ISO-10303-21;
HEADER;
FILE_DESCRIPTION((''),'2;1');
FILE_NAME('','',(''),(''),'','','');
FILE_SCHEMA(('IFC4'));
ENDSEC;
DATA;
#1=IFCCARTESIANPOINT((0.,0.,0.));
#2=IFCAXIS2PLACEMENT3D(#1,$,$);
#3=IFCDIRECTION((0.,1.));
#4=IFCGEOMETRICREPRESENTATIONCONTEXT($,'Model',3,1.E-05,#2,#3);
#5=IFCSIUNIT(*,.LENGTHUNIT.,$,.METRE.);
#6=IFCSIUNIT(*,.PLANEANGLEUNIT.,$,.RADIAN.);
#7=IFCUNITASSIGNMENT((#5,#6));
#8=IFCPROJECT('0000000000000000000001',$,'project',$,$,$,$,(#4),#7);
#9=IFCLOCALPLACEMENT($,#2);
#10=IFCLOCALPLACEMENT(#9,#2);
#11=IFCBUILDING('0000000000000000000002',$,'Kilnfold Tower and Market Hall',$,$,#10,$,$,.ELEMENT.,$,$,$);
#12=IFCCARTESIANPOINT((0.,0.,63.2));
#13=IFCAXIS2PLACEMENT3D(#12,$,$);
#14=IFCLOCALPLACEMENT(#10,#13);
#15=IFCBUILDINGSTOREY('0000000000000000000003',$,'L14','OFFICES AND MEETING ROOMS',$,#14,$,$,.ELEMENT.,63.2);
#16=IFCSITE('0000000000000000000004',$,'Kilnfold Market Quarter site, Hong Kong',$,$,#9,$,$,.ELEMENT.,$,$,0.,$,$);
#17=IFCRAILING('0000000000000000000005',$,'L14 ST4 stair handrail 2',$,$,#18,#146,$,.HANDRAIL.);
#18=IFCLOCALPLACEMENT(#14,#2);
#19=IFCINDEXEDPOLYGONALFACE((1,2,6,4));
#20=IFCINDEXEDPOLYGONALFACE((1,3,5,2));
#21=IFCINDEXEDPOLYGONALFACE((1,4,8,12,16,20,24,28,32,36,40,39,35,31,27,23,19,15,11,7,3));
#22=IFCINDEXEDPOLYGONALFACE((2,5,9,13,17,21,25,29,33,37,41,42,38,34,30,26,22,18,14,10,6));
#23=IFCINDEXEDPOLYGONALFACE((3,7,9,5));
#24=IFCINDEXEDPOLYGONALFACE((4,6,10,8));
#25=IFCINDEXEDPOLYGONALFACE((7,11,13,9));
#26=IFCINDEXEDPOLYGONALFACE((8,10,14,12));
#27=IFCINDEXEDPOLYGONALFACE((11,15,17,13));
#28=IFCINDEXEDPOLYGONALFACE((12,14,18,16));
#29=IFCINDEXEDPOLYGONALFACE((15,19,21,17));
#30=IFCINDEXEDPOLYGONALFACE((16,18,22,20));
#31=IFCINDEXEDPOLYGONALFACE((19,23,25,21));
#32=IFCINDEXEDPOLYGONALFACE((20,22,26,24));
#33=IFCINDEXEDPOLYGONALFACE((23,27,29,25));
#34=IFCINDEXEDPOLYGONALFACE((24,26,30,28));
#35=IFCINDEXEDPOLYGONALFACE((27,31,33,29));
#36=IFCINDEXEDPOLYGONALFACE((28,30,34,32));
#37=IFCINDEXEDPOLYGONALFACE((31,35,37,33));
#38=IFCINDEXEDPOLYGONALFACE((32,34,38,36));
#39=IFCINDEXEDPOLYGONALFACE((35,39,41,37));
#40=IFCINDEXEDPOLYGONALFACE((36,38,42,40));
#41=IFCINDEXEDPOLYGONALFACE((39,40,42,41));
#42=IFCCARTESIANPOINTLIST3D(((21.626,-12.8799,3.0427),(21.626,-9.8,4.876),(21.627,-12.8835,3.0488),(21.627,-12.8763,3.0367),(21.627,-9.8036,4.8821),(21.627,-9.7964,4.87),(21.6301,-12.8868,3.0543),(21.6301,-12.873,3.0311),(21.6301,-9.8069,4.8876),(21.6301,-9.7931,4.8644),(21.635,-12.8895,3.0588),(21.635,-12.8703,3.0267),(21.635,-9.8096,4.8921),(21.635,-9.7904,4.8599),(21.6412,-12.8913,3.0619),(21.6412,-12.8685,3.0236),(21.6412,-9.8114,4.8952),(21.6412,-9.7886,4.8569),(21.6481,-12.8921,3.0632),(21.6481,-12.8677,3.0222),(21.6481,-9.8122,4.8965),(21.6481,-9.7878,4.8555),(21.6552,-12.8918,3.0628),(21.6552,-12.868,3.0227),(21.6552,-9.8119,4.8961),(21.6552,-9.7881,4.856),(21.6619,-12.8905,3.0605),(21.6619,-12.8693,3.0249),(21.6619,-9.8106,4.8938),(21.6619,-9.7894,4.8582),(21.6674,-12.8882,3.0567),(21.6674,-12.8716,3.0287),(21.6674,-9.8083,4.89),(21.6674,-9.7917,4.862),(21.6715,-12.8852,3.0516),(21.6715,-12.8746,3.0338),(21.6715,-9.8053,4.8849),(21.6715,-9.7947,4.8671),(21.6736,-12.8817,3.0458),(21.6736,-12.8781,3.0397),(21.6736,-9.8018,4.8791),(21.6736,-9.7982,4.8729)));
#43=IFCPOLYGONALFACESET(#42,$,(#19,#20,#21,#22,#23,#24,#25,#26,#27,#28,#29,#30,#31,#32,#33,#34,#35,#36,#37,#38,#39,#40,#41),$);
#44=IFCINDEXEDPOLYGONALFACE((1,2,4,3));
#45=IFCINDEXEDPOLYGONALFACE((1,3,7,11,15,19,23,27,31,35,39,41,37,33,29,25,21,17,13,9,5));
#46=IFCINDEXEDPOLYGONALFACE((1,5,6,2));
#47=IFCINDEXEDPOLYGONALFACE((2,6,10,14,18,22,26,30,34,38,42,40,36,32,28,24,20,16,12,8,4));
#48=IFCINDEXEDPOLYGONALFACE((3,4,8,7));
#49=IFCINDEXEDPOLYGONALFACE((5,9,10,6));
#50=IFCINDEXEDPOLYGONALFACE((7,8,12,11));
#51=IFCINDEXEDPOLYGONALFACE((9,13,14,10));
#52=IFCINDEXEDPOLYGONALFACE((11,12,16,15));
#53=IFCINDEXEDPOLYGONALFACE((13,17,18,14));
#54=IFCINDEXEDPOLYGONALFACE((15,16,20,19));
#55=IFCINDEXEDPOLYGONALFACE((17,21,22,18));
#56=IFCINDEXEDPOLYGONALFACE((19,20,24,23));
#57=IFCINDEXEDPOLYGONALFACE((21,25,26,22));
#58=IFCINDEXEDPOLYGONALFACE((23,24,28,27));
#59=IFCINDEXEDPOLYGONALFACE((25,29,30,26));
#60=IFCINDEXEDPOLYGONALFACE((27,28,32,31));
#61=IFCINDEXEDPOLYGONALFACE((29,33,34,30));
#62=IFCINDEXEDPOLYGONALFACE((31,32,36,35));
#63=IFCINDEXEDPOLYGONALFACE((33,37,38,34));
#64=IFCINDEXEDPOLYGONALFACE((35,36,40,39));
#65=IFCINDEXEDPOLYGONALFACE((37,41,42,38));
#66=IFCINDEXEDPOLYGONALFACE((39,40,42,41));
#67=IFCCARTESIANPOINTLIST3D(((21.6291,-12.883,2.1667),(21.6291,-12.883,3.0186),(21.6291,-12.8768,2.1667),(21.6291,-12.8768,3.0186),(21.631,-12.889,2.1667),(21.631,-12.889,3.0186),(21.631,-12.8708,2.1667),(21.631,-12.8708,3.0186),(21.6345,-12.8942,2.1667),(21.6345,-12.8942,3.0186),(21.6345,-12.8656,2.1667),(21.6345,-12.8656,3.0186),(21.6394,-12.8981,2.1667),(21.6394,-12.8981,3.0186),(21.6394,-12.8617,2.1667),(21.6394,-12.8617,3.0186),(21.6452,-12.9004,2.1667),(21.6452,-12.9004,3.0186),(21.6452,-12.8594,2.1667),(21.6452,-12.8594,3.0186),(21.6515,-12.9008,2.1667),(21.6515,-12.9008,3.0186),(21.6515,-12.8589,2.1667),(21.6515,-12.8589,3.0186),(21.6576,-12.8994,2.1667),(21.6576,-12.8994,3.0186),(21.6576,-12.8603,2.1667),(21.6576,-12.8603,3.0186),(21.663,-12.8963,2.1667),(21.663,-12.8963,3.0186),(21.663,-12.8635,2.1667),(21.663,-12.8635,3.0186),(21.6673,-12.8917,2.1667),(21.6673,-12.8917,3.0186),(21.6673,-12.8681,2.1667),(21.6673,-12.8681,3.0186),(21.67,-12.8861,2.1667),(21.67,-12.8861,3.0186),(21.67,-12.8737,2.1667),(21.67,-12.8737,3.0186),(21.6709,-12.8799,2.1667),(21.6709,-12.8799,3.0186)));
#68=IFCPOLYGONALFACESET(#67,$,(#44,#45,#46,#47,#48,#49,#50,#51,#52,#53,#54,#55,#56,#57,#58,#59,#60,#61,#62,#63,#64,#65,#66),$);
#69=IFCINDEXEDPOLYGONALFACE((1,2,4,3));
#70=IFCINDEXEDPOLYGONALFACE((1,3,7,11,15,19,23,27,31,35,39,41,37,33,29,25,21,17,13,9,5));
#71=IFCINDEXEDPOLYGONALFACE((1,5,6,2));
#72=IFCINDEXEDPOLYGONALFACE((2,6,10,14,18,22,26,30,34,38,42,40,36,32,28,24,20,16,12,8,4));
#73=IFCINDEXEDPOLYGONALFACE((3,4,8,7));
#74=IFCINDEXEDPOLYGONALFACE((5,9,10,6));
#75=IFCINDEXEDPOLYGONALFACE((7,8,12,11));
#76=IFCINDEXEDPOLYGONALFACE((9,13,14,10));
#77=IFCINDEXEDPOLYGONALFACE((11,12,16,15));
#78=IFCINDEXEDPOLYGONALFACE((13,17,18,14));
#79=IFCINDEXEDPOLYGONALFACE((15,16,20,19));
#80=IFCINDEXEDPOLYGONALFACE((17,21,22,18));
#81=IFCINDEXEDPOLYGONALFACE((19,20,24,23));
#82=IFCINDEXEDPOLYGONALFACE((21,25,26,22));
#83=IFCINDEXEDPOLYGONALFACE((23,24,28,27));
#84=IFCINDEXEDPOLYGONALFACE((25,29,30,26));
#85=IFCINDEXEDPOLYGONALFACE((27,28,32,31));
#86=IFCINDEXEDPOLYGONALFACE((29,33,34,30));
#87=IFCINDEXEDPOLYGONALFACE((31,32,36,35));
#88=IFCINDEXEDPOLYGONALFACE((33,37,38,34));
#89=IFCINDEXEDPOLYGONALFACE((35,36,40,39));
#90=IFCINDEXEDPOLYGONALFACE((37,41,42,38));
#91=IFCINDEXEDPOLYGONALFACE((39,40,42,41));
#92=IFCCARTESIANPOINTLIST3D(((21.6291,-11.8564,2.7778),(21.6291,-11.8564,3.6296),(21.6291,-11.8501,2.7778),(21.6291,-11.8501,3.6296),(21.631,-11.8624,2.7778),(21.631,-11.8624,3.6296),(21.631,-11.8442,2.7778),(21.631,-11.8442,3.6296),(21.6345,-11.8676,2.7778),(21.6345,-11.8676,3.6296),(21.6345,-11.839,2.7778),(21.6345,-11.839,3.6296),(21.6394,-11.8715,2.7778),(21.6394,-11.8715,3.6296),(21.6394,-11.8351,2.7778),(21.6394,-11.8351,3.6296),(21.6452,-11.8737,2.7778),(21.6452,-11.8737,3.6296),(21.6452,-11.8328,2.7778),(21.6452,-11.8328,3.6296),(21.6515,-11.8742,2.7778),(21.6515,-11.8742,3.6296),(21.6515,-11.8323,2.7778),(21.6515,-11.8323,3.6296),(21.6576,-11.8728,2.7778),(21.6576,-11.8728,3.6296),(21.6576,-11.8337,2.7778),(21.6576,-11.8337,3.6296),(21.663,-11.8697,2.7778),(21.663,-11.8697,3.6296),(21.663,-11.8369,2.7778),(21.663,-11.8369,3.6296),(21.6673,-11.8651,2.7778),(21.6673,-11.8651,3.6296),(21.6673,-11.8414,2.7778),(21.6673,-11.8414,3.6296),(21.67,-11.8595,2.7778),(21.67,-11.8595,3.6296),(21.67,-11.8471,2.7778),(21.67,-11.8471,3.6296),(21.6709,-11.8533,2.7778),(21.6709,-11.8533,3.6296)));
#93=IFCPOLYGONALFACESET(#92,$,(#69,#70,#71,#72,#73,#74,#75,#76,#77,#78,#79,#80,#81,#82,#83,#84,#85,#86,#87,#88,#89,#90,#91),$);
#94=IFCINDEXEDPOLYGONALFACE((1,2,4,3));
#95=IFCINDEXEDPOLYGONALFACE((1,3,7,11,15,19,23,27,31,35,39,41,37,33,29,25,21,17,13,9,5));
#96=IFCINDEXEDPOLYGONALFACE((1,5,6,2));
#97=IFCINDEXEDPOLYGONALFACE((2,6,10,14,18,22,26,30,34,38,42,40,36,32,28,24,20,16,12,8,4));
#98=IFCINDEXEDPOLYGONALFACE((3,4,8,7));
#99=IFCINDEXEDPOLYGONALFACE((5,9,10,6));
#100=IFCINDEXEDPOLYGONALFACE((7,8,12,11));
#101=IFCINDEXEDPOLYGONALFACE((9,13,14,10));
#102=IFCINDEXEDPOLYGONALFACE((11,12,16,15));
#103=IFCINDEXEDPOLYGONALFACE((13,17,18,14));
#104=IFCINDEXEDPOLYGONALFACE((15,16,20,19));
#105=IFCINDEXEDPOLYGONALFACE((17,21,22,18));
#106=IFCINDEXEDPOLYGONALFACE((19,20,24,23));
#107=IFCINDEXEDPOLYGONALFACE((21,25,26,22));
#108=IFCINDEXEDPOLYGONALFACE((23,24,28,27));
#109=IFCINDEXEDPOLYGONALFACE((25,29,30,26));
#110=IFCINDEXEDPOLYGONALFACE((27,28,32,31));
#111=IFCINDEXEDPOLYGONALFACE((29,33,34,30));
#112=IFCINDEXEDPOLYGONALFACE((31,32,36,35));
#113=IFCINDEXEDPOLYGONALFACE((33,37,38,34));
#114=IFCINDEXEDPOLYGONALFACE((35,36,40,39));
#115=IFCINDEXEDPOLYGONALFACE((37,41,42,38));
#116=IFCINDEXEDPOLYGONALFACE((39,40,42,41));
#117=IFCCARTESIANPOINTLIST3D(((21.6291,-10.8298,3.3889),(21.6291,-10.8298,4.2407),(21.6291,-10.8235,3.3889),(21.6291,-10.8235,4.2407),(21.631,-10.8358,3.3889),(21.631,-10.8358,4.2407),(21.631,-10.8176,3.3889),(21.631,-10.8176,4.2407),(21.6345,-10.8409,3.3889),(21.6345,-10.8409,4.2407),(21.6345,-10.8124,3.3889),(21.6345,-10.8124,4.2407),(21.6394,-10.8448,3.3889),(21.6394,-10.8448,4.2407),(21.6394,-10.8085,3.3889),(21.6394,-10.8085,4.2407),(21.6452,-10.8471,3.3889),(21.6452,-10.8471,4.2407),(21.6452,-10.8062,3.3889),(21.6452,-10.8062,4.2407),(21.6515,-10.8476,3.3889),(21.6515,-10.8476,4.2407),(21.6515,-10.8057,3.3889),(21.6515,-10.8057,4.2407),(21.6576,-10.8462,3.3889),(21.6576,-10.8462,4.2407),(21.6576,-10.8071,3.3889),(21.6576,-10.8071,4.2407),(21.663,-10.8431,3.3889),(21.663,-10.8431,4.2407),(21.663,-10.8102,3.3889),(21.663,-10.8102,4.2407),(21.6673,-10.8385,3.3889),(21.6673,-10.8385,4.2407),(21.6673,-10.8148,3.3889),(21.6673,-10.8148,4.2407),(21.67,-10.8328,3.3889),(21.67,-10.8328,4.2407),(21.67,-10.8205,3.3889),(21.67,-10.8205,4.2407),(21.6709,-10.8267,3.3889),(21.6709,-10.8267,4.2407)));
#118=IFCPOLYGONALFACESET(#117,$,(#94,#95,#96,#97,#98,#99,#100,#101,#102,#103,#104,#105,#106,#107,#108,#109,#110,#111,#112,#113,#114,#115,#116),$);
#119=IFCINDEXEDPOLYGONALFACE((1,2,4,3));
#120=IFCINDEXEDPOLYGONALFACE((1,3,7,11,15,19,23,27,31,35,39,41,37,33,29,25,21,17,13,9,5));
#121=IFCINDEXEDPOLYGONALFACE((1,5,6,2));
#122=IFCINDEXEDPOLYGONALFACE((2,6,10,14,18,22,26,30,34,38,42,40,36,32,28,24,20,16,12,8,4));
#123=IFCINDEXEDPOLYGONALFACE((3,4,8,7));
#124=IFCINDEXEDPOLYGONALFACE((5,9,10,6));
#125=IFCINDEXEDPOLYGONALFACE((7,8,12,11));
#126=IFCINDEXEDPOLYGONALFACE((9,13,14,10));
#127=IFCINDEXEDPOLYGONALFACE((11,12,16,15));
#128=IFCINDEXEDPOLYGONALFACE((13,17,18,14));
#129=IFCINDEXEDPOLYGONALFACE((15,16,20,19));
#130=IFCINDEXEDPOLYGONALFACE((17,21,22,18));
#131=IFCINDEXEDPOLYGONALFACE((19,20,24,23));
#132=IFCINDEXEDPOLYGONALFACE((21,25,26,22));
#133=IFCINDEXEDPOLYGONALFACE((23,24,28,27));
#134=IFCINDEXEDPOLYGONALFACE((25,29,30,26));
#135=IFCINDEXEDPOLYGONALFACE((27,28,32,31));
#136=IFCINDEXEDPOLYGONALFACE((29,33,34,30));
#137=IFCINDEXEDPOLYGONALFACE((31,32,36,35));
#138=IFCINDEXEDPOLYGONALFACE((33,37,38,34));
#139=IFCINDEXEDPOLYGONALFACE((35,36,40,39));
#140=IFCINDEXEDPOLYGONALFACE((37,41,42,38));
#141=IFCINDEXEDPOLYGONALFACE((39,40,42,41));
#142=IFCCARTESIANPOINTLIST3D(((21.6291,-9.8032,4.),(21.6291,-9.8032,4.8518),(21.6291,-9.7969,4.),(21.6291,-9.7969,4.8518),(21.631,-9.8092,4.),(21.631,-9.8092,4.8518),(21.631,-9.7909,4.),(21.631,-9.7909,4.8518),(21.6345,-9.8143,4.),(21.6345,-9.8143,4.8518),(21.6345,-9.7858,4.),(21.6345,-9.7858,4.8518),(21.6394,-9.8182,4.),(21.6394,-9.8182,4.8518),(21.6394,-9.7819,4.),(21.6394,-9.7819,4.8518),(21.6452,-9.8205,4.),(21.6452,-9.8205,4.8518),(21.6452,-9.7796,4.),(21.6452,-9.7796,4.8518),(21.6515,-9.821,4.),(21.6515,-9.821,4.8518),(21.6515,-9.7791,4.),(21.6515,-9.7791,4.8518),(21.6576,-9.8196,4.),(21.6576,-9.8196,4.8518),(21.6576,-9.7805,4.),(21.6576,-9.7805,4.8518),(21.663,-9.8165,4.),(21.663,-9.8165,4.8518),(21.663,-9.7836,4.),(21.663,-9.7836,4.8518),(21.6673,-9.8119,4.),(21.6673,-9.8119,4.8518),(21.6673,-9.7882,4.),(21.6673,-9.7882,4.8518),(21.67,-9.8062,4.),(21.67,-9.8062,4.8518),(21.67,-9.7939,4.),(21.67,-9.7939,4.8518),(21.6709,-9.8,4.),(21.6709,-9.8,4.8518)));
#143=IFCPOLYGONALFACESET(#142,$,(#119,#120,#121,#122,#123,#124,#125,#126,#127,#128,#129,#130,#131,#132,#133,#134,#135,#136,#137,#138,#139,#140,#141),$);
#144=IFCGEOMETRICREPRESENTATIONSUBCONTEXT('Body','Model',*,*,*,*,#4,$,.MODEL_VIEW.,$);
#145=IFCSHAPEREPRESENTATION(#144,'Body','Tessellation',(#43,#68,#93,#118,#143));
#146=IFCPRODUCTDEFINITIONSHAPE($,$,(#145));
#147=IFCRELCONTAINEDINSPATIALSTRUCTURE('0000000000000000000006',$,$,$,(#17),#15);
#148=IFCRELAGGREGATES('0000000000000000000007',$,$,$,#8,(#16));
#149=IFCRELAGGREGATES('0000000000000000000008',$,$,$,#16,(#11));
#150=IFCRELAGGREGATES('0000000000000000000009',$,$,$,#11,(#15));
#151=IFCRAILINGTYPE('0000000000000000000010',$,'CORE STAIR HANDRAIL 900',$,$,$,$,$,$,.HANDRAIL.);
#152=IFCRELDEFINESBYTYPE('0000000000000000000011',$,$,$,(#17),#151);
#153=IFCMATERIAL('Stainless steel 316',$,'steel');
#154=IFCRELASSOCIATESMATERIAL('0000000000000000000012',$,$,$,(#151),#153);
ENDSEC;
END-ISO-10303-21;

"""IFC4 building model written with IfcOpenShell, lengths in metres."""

from ifc_helpers import new_model, si_unit, direction, frame, origin, origin_2d, place, context, subcontext, project, spatial, circle, extrude, material, type_object, element, save


model = new_model("IFC4")

# Units and contexts
model_context = context("Model", 3, precision=1e-05, world=origin(), true_north=direction((0.0, 1.0)))
body_context = subcontext(model_context, "Body", "Model", "MODEL_VIEW")
ifc_project = project(units=[si_unit("LENGTHUNIT", "METRE"), si_unit("PLANEANGLEUNIT", "RADIAN")], contexts=[model_context])

# Site, building, storey
site_placement = place(None, origin())
site = spatial("IfcSite", under=ifc_project, at=site_placement, Name="Kilnfold Market Quarter site, Hong Kong", CompositionType="ELEMENT", RefElevation=0.0)
building_placement = place(site_placement, origin())
building = spatial("IfcBuilding", under=site, at=building_placement, Name="Kilnfold Tower and Market Hall", CompositionType="ELEMENT")
storey_placement = place(building_placement, frame((0.0, 0.0, 63.2)))
storey = spatial("IfcBuildingStorey", under=building, at=storey_placement, Name="L14", Description="OFFICES AND MEETING ROOMS", CompositionType="ELEMENT", Elevation=63.2)

# Railing
ifc_material_1 = material(Name="Stainless steel 316", Category="steel")
railing_type_1 = type_object("IfcRailingType", Name="CORE STAIR HANDRAIL 900", PredefinedType="HANDRAIL", material=ifc_material_1)
railing_1_placement = place(storey_placement, frame((21.6499, -12.8799, 2.1667)))
element("IfcRailing", 1, at=railing_1_placement, inside=storey, type_object=railing_type_1, Name="L14 ST4 stair handrail 2", PredefinedType="HANDRAIL", context=body_context, shape_type="SweptSolid", body=[
    extrude(circle(Radius=0.0239, at=origin_2d()), frame((0.0, 0.0, 0.876), z_axis=(0.0, 0.859291, 0.511487), x_axis=(-1.0, 0.0, 0.0)), (0.0, 0.0, 1.0), 3.5842),
    extrude(circle(Radius=0.021, at=origin_2d()), origin(), (0.0, 0.0, 1.0), 0.8518),
    extrude(circle(Radius=0.021, at=origin_2d()), frame((0.0, 1.0266, 0.6111)), (0.0, 0.0, 1.0), 0.8518),
    extrude(circle(Radius=0.021, at=origin_2d()), frame((0.0, 2.0532, 1.2222)), (0.0, 0.0, 1.0), 0.8518),
    extrude(circle(Radius=0.021, at=origin_2d()), frame((0.0, 3.0798, 1.8333)), (0.0, 0.0, 1.0), 0.8518),
])

save(model, "model.ifc")
